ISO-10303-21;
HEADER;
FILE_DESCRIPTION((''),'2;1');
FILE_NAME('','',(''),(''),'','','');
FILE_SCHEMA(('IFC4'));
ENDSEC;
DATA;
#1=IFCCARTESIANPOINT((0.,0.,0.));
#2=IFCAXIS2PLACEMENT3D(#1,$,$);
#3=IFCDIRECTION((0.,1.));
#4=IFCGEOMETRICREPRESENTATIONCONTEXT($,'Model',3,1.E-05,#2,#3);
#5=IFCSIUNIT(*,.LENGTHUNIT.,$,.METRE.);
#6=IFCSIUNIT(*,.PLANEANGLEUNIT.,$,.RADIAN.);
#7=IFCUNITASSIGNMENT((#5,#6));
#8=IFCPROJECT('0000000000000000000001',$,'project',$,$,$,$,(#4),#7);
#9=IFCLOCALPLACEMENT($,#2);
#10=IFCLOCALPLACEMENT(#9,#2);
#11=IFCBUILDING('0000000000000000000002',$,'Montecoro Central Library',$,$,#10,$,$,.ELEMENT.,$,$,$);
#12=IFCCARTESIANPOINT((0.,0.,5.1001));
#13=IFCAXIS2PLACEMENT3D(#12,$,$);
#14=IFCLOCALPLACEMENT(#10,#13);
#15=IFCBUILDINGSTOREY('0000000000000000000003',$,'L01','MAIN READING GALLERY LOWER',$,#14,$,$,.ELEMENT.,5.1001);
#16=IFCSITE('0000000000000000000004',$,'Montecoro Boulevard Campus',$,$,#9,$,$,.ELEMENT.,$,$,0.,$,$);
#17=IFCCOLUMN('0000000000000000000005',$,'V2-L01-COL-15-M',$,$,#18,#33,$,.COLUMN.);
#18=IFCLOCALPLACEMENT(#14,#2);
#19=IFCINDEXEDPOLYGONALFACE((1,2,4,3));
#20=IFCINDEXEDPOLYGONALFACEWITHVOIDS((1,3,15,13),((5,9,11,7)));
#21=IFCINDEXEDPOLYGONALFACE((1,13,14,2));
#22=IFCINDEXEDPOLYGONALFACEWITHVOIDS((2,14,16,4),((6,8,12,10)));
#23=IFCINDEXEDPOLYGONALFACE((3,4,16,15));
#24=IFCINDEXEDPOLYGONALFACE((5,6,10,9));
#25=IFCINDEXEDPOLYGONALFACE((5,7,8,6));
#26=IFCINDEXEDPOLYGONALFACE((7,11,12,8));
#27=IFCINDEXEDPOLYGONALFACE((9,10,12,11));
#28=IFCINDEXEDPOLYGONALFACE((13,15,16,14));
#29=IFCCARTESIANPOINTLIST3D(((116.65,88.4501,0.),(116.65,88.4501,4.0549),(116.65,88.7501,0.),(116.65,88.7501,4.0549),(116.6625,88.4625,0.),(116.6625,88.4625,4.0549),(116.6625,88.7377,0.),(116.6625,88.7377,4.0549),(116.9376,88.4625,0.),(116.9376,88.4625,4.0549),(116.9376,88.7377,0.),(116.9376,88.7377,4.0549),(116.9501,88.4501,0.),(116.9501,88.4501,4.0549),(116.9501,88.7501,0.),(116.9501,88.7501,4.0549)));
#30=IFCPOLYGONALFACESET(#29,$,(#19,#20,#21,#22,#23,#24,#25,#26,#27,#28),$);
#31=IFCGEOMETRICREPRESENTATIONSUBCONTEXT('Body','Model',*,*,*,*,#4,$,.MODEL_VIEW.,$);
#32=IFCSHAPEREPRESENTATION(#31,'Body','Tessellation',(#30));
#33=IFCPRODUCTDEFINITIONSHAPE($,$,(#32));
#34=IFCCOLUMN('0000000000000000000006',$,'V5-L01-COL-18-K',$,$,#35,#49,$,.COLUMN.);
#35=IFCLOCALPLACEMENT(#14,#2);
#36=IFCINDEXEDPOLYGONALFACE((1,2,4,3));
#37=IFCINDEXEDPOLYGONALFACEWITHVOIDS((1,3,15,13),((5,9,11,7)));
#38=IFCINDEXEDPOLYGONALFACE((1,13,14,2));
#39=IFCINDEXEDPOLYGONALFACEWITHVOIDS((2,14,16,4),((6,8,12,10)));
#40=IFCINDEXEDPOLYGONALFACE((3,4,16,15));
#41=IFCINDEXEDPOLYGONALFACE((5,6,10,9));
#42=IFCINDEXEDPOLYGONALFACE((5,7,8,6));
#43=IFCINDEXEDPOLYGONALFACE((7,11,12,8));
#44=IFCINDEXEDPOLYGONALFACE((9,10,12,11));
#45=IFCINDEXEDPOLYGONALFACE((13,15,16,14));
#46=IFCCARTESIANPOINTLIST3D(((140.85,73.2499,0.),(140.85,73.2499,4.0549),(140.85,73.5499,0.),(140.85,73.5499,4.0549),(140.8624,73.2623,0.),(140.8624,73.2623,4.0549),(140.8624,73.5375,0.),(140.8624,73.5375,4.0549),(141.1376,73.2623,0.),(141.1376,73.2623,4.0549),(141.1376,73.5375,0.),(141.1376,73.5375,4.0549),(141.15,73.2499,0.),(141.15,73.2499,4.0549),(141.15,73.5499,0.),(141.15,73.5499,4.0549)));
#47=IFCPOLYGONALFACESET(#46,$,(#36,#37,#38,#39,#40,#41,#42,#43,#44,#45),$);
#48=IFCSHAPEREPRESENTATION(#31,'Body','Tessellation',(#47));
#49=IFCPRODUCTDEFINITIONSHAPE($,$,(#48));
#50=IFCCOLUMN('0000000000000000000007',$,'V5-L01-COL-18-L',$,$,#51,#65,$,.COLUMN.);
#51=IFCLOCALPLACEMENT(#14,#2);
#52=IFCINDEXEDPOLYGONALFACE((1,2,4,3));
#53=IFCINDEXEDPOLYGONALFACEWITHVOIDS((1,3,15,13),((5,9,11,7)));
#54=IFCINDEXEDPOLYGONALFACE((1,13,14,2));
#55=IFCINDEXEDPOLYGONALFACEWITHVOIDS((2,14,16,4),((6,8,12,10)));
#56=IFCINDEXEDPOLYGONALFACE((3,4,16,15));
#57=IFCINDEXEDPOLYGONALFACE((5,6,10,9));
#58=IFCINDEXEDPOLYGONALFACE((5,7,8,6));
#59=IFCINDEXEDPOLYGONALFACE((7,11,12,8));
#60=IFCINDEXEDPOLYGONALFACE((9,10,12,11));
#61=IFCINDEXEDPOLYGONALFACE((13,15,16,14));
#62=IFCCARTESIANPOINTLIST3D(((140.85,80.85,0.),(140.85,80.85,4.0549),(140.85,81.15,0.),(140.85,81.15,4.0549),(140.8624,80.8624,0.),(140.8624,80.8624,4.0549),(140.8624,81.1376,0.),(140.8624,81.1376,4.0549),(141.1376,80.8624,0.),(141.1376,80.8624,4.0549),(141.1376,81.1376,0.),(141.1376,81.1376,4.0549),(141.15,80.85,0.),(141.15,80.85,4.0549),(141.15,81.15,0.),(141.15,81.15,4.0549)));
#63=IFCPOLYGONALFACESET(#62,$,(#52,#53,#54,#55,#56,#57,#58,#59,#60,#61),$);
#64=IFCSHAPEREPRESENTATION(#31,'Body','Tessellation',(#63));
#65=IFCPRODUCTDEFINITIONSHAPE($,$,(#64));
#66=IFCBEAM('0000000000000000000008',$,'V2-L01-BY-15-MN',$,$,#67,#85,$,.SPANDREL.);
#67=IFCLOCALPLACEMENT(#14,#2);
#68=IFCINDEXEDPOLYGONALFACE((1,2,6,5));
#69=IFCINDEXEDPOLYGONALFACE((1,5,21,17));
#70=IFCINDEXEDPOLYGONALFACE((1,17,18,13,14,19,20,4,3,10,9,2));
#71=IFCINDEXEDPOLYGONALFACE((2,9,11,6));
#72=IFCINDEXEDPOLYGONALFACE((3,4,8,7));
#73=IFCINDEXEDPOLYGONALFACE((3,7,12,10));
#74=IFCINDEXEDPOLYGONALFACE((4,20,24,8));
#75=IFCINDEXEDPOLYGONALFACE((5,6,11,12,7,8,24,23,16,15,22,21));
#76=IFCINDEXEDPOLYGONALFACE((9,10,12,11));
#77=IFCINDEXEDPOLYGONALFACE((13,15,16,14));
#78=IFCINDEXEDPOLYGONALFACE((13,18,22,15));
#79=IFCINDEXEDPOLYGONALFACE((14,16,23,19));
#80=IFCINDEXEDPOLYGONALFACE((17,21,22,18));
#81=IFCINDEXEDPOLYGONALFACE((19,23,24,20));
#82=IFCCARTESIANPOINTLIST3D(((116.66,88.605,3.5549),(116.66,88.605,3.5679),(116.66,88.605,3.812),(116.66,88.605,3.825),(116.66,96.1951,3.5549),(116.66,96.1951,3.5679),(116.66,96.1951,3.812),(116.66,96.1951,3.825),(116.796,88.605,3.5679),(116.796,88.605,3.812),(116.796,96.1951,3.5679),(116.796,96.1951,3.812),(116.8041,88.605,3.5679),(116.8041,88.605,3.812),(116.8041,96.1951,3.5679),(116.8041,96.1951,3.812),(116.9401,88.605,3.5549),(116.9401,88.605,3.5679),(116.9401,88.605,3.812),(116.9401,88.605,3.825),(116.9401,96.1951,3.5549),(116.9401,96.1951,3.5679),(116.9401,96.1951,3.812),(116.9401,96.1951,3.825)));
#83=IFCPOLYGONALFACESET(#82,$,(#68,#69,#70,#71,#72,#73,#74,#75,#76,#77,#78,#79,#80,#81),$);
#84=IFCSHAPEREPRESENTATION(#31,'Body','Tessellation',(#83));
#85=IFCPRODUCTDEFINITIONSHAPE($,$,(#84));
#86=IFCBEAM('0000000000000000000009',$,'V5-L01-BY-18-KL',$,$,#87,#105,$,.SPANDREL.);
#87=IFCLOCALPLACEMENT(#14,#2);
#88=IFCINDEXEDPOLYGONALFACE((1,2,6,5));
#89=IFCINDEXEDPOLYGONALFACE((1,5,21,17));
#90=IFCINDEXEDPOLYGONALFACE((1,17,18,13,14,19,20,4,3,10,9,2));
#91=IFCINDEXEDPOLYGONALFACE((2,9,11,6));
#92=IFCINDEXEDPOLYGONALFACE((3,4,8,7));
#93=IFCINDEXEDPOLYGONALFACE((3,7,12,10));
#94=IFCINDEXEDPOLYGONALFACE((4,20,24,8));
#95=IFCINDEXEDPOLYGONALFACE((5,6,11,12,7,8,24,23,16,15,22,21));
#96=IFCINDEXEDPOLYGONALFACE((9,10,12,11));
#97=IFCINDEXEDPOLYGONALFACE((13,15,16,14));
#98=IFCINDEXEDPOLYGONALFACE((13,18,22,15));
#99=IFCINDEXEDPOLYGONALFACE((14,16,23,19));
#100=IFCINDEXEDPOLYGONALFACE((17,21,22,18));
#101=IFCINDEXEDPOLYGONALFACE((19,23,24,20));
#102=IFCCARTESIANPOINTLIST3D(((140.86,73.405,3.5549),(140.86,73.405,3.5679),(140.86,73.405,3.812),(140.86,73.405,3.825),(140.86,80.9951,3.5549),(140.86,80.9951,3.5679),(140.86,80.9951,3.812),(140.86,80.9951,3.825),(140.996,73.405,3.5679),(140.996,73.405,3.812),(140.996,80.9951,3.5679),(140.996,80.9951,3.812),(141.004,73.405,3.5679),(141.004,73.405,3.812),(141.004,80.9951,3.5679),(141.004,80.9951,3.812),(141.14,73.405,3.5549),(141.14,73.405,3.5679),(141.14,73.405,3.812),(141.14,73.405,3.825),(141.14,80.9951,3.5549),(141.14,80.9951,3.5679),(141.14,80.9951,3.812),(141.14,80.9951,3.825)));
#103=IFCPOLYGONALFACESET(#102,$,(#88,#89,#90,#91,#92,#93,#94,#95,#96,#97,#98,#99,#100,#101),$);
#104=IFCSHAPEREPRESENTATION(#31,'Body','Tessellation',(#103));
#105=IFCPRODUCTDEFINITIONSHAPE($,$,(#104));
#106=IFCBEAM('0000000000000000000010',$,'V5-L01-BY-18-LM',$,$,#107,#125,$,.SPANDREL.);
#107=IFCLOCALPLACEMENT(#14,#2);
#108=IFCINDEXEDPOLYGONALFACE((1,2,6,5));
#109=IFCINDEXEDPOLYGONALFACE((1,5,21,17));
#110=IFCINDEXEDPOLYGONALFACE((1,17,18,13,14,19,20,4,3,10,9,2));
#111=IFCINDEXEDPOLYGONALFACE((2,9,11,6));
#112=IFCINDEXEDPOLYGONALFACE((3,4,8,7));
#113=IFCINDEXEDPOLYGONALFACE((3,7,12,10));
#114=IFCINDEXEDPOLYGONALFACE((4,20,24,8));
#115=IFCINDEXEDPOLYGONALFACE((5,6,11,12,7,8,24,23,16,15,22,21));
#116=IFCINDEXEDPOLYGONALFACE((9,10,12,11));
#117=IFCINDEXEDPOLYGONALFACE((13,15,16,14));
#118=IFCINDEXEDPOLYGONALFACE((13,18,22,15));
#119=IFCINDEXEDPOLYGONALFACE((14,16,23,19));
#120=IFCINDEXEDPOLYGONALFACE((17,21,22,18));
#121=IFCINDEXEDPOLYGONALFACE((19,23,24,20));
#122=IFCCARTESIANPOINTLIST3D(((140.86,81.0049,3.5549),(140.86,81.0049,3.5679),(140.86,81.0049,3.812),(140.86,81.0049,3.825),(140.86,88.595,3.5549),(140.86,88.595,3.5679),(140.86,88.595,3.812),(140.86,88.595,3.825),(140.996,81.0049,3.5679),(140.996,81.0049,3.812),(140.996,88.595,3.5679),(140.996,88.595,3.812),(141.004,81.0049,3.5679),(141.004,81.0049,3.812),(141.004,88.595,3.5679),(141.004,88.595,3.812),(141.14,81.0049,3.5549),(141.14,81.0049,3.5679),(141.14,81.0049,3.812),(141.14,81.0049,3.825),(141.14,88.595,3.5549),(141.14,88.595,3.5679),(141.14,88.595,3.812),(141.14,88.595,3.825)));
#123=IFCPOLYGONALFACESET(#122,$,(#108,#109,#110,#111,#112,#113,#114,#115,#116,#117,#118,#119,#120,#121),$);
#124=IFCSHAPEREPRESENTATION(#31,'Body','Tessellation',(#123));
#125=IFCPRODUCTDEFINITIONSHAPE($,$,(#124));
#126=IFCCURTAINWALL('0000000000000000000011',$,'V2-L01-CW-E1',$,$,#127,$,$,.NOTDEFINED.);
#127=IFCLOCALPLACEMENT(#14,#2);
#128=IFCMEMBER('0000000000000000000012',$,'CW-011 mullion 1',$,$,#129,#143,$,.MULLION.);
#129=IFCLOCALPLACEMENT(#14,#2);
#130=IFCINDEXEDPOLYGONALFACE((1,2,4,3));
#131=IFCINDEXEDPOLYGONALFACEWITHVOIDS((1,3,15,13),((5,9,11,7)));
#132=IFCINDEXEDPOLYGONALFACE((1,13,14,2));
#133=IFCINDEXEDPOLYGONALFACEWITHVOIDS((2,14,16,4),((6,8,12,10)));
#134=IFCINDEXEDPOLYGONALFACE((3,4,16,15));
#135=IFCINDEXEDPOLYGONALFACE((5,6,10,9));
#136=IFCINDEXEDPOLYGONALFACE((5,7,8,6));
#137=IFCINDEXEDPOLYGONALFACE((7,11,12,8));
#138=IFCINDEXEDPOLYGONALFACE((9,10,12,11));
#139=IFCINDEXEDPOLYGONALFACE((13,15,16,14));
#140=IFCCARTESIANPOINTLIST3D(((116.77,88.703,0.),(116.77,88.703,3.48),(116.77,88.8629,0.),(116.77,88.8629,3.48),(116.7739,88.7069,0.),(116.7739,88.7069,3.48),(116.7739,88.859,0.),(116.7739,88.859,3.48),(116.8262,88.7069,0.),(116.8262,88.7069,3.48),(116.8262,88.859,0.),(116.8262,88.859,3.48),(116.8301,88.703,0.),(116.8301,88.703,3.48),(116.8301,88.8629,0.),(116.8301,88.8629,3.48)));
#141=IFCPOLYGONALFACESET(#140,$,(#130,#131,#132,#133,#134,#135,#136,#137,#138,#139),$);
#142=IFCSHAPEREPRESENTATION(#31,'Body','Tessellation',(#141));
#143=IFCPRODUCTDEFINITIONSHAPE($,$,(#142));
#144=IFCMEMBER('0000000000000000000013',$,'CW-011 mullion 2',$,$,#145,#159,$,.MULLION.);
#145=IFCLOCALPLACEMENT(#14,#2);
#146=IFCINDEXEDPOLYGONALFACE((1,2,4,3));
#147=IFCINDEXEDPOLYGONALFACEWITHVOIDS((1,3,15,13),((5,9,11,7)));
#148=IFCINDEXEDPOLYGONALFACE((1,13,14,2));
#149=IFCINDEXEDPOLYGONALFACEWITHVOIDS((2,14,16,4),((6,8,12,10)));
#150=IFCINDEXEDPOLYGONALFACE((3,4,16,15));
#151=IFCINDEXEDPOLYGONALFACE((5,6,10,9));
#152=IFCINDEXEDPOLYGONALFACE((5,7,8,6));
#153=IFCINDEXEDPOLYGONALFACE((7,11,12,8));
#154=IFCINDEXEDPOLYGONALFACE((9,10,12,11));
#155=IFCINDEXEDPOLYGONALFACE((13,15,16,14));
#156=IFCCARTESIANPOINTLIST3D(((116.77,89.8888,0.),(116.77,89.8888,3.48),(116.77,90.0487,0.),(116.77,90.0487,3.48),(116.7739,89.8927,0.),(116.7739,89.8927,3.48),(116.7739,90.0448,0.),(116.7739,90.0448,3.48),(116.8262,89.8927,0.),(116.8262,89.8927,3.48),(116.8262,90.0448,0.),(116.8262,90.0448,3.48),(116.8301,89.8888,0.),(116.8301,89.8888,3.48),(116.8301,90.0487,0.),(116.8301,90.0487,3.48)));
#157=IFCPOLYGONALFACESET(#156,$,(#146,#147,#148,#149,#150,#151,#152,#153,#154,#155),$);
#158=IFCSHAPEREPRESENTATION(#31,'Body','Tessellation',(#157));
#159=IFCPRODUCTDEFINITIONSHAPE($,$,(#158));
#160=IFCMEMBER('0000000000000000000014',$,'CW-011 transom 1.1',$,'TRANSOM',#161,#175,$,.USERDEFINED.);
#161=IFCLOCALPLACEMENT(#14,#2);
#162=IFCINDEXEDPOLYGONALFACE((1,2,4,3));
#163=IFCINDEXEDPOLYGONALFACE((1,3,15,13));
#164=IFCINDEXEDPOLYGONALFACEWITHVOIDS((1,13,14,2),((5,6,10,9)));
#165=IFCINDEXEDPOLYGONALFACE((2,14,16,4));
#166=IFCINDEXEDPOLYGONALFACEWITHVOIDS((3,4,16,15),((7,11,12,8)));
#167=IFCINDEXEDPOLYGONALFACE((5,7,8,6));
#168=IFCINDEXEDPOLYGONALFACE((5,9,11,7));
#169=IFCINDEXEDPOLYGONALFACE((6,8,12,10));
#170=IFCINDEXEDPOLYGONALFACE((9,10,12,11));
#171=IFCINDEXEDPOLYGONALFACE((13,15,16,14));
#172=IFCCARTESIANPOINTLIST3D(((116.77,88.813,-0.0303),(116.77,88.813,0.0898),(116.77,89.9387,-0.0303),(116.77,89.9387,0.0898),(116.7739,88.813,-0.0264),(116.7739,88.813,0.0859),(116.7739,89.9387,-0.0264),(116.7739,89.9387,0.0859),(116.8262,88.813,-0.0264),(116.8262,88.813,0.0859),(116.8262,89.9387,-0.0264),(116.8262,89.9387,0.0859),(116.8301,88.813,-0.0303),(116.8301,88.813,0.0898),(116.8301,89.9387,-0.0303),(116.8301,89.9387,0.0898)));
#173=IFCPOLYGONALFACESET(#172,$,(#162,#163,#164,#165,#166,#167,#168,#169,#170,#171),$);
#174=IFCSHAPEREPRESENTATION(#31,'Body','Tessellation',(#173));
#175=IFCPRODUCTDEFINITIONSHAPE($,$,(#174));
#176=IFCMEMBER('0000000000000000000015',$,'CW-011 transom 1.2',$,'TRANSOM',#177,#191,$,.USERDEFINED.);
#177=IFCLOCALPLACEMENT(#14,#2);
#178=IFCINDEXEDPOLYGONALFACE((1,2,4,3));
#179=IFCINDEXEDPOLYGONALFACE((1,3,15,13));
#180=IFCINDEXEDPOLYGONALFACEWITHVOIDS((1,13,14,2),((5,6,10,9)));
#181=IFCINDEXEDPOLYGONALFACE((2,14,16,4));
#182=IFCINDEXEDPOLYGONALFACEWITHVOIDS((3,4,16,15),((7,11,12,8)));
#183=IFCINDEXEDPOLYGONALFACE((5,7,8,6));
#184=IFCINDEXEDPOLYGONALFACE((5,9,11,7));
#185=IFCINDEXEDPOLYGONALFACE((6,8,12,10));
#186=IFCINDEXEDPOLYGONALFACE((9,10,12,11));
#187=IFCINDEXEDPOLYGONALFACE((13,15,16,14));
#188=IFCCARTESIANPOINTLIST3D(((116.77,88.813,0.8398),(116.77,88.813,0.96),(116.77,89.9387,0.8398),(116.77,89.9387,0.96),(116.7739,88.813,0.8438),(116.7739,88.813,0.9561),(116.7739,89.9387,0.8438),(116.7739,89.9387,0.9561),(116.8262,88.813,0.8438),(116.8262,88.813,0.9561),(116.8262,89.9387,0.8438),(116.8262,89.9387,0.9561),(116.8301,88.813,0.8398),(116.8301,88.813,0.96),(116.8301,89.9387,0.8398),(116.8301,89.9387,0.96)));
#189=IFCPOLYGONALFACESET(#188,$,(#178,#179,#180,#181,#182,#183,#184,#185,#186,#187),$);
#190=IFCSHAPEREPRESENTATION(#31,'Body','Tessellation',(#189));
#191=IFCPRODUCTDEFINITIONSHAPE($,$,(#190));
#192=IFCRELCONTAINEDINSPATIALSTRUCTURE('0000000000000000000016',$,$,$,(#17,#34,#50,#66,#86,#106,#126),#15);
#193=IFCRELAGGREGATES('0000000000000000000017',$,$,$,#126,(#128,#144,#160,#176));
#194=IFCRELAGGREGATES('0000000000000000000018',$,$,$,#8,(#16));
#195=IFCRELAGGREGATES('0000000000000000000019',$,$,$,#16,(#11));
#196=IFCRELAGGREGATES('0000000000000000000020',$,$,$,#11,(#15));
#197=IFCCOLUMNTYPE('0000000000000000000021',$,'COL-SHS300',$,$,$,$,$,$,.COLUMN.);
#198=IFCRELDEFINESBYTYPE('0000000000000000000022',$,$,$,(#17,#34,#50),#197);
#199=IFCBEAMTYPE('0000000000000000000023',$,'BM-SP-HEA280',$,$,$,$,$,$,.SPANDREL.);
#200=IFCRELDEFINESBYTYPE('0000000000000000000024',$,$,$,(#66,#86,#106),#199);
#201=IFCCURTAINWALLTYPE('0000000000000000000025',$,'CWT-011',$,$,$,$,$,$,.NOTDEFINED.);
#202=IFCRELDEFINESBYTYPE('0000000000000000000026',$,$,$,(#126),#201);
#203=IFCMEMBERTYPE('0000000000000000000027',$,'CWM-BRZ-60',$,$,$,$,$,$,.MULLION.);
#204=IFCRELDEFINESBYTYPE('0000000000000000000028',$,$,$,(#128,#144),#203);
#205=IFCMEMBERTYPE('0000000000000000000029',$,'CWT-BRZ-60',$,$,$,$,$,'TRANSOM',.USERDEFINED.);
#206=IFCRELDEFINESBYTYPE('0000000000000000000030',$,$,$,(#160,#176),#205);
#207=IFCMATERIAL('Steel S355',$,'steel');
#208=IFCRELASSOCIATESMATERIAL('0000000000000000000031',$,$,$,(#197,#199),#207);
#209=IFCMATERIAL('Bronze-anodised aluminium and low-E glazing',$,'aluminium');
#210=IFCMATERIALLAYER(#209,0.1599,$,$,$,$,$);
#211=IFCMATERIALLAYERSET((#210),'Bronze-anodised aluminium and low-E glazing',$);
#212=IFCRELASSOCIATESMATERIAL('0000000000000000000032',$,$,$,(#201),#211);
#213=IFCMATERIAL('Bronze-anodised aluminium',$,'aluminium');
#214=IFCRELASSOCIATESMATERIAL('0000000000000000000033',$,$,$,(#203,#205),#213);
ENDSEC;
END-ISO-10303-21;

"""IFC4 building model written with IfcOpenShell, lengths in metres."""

from ifc_helpers import new_model, si_unit, direction, frame, origin, origin_2d, place, context, subcontext, project, spatial, hollow_rectangle, i_section, extrude, material, layer, layer_set, material_profile, profile_set, type_object, element, aggregate, save


model = new_model("IFC4")

# Units and contexts
model_context = context("Model", 3, precision=1e-05, world=origin(), true_north=direction((0.0, 1.0)))
body_context = subcontext(model_context, "Body", "Model", "MODEL_VIEW")
ifc_project = project(units=[si_unit("LENGTHUNIT", "METRE"), si_unit("PLANEANGLEUNIT", "RADIAN")], contexts=[model_context])

# Site, building, storey
site_placement = place(None, origin())
site = spatial("IfcSite", under=ifc_project, at=site_placement, Name="Montecoro Boulevard Campus", CompositionType="ELEMENT", RefElevation=0.0)
building_placement = place(site_placement, origin())
building = spatial("IfcBuilding", under=site, at=building_placement, Name="Montecoro Central Library", CompositionType="ELEMENT")
storey_placement = place(building_placement, frame((0.0, 0.0, 5.1001)))
storey = spatial("IfcBuildingStorey", under=building, at=storey_placement, Name="L01", Description="MAIN READING GALLERY LOWER", CompositionType="ELEMENT", Elevation=5.1001)

# Columns
ifc_material_1 = material(Name="Steel S355", Category="steel")
ifc_material_profile_1 = material_profile(ifc_material_1, hollow_rectangle(XDim=0.3, YDim=0.3, WallThickness=0.0125, at=origin_2d()), Name="SHS 300x300x12.5")
ifc_profile_set_1 = profile_set([ifc_material_profile_1], Name="Steel S355")
column_type = type_object("IfcColumnType", Name="COL-SHS300", PredefinedType="COLUMN", material=ifc_profile_set_1)
for number, where, z_axis, x_axis, name in (
    (1, (116.8, 88.6001, 0.0), (0.0, 0.0, 1.0), (1.0, 0.0, 0.0), "V2-L01-COL-15-M"),
    (2, (141.0, 73.3999, 0.0), (0.0, 0.0, 1.0), (1.0, 0.0, 0.0), "V5-L01-COL-18-K"),
    (3, (141.0, 81.0, 0.0), (0.0, 0.0, 1.0), (1.0, 0.0, 0.0), "V5-L01-COL-18-L"),
):
    element("IfcColumn", number, at=place(storey_placement, frame(where, z_axis=z_axis, x_axis=x_axis)), inside=storey, type_object=column_type, Name=name, PredefinedType="COLUMN", context=body_context, shape_type="SweptSolid", body=[
        extrude(hollow_rectangle(XDim=0.3, YDim=0.3, WallThickness=0.0125, at=origin_2d()), origin(), (0.0, 0.0, 1.0), 4.0549),
    ])

# Beams
ifc_material_profile_2 = material_profile(ifc_material_1, i_section(OverallWidth=0.28, OverallDepth=0.27, WebThickness=0.0081, FlangeThickness=0.0129, at=origin_2d()), Name="HEA 280")
ifc_profile_set_2 = profile_set([ifc_material_profile_2], Name="Steel S355")
beam_type = type_object("IfcBeamType", Name="BM-SP-HEA280", PredefinedType="SPANDREL", material=ifc_profile_set_2)
for number, where, z_axis, x_axis, name in (
    (4, (116.8, 88.605, 3.6899), (0.0, 1.0, 0.0), (-1.0, 0.0, 0.0), "V2-L01-BY-15-MN"),
    (5, (141.0, 73.405, 3.6899), (0.0, 1.0, 0.0), (-1.0, 0.0, 0.0), "V5-L01-BY-18-KL"),
    (6, (141.0, 81.0049, 3.6899), (0.0, 1.0, 0.0), (-1.0, 0.0, 0.0), "V5-L01-BY-18-LM"),
):
    element("IfcBeam", number, at=place(storey_placement, frame(where, z_axis=z_axis, x_axis=x_axis)), inside=storey, type_object=beam_type, Name=name, PredefinedType="SPANDREL", context=body_context, shape_type="SweptSolid", body=[
        extrude(i_section(OverallWidth=0.28, OverallDepth=0.27, WebThickness=0.0081, FlangeThickness=0.0129, at=origin_2d()), origin(), (0.0, 0.0, 1.0), 7.5901),
    ])

# Curtain wall, members
ifc_material_2 = material(Name="Bronze-anodised aluminium and low-E glazing", Category="aluminium")
ifc_layer_1 = layer(ifc_material_2, 0.1599)
ifc_layer_set_1 = layer_set([ifc_layer_1], Name="Bronze-anodised aluminium and low-E glazing")
curtain_wall_type = type_object("IfcCurtainWallType", Name="CWT-011", PredefinedType="NOTDEFINED", material=ifc_layer_set_1)
curtain_wall_placement = place(storey_placement, origin())
curtain_wall = element("IfcCurtainWall", 7, at=curtain_wall_placement, inside=storey, type_object=curtain_wall_type, Name="V2-L01-CW-E1", PredefinedType="NOTDEFINED")
ifc_material_3 = material(Name="Bronze-anodised aluminium", Category="aluminium")
ifc_material_profile_3 = material_profile(ifc_material_3, hollow_rectangle(XDim=0.0601, YDim=0.1599, WallThickness=0.0039, at=origin_2d()), Name="CWM 160x60x4.0")
ifc_profile_set_3 = profile_set([ifc_material_profile_3], Name="Bronze-anodised aluminium")
member_type_1 = type_object("IfcMemberType", Name="CWM-BRZ-60", PredefinedType="MULLION", material=ifc_profile_set_3)
member_1_placement = place(storey_placement, frame((116.8, 88.783, 0.0), z_axis=(0.0, 0.0, 1.0), x_axis=(-1.0, 0.0, 0.0)))
member_1 = element("IfcMember", 8, at=member_1_placement, type_object=member_type_1, Name="CW-011 mullion 1", PredefinedType="MULLION", context=body_context, shape_type="SweptSolid", body=[
    extrude(hollow_rectangle(XDim=0.0601, YDim=0.1599, WallThickness=0.0039, at=origin_2d()), origin(), (0.0, 0.0, 1.0), 3.48),
])
member_2_placement = place(storey_placement, frame((116.8, 89.9688, 0.0), z_axis=(0.0, 0.0, 1.0), x_axis=(-1.0, 0.0, 0.0)))
member_2 = element("IfcMember", 9, at=member_2_placement, type_object=member_type_1, Name="CW-011 mullion 2", PredefinedType="MULLION", context=body_context, shape_type="SweptSolid", body=[
    extrude(hollow_rectangle(XDim=0.0601, YDim=0.1599, WallThickness=0.0039, at=origin_2d()), origin(), (0.0, 0.0, 1.0), 3.48),
])
ifc_material_profile_4 = material_profile(ifc_material_3, hollow_rectangle(XDim=0.0601, YDim=0.1201, WallThickness=0.0039, at=origin_2d()), Name="CWT 120x60x4.0")
ifc_profile_set_4 = profile_set([ifc_material_profile_4], Name="Bronze-anodised aluminium")
member_type_2 = type_object("IfcMemberType", Name="CWT-BRZ-60", ElementType="TRANSOM", PredefinedType="USERDEFINED", material=ifc_profile_set_4)
member_3_placement = place(storey_placement, frame((116.8, 88.813, 0.0298), z_axis=(0.0, 1.0, 0.0), x_axis=(-1.0, 0.0, 0.0)))
member_3 = element("IfcMember", 10, at=member_3_placement, type_object=member_type_2, Name="CW-011 transom 1.1", ObjectType="TRANSOM", PredefinedType="USERDEFINED", context=body_context, shape_type="SweptSolid", body=[
    extrude(hollow_rectangle(XDim=0.0601, YDim=0.1201, WallThickness=0.0039, at=origin_2d()), origin(), (0.0, 0.0, 1.0), 1.1257),
])
member_4_placement = place(storey_placement, frame((116.8, 88.813, 0.8999), z_axis=(0.0, 1.0, 0.0), x_axis=(-1.0, 0.0, 0.0)))
member_4 = element("IfcMember", 11, at=member_4_placement, type_object=member_type_2, Name="CW-011 transom 1.2", ObjectType="TRANSOM", PredefinedType="USERDEFINED", context=body_context, shape_type="SweptSolid", body=[
    extrude(hollow_rectangle(XDim=0.0601, YDim=0.1201, WallThickness=0.0039, at=origin_2d()), origin(), (0.0, 0.0, 1.0), 1.1257),
])
aggregate(curtain_wall, [member_1, member_2, member_3, member_4])

save(model, "model.ifc")
